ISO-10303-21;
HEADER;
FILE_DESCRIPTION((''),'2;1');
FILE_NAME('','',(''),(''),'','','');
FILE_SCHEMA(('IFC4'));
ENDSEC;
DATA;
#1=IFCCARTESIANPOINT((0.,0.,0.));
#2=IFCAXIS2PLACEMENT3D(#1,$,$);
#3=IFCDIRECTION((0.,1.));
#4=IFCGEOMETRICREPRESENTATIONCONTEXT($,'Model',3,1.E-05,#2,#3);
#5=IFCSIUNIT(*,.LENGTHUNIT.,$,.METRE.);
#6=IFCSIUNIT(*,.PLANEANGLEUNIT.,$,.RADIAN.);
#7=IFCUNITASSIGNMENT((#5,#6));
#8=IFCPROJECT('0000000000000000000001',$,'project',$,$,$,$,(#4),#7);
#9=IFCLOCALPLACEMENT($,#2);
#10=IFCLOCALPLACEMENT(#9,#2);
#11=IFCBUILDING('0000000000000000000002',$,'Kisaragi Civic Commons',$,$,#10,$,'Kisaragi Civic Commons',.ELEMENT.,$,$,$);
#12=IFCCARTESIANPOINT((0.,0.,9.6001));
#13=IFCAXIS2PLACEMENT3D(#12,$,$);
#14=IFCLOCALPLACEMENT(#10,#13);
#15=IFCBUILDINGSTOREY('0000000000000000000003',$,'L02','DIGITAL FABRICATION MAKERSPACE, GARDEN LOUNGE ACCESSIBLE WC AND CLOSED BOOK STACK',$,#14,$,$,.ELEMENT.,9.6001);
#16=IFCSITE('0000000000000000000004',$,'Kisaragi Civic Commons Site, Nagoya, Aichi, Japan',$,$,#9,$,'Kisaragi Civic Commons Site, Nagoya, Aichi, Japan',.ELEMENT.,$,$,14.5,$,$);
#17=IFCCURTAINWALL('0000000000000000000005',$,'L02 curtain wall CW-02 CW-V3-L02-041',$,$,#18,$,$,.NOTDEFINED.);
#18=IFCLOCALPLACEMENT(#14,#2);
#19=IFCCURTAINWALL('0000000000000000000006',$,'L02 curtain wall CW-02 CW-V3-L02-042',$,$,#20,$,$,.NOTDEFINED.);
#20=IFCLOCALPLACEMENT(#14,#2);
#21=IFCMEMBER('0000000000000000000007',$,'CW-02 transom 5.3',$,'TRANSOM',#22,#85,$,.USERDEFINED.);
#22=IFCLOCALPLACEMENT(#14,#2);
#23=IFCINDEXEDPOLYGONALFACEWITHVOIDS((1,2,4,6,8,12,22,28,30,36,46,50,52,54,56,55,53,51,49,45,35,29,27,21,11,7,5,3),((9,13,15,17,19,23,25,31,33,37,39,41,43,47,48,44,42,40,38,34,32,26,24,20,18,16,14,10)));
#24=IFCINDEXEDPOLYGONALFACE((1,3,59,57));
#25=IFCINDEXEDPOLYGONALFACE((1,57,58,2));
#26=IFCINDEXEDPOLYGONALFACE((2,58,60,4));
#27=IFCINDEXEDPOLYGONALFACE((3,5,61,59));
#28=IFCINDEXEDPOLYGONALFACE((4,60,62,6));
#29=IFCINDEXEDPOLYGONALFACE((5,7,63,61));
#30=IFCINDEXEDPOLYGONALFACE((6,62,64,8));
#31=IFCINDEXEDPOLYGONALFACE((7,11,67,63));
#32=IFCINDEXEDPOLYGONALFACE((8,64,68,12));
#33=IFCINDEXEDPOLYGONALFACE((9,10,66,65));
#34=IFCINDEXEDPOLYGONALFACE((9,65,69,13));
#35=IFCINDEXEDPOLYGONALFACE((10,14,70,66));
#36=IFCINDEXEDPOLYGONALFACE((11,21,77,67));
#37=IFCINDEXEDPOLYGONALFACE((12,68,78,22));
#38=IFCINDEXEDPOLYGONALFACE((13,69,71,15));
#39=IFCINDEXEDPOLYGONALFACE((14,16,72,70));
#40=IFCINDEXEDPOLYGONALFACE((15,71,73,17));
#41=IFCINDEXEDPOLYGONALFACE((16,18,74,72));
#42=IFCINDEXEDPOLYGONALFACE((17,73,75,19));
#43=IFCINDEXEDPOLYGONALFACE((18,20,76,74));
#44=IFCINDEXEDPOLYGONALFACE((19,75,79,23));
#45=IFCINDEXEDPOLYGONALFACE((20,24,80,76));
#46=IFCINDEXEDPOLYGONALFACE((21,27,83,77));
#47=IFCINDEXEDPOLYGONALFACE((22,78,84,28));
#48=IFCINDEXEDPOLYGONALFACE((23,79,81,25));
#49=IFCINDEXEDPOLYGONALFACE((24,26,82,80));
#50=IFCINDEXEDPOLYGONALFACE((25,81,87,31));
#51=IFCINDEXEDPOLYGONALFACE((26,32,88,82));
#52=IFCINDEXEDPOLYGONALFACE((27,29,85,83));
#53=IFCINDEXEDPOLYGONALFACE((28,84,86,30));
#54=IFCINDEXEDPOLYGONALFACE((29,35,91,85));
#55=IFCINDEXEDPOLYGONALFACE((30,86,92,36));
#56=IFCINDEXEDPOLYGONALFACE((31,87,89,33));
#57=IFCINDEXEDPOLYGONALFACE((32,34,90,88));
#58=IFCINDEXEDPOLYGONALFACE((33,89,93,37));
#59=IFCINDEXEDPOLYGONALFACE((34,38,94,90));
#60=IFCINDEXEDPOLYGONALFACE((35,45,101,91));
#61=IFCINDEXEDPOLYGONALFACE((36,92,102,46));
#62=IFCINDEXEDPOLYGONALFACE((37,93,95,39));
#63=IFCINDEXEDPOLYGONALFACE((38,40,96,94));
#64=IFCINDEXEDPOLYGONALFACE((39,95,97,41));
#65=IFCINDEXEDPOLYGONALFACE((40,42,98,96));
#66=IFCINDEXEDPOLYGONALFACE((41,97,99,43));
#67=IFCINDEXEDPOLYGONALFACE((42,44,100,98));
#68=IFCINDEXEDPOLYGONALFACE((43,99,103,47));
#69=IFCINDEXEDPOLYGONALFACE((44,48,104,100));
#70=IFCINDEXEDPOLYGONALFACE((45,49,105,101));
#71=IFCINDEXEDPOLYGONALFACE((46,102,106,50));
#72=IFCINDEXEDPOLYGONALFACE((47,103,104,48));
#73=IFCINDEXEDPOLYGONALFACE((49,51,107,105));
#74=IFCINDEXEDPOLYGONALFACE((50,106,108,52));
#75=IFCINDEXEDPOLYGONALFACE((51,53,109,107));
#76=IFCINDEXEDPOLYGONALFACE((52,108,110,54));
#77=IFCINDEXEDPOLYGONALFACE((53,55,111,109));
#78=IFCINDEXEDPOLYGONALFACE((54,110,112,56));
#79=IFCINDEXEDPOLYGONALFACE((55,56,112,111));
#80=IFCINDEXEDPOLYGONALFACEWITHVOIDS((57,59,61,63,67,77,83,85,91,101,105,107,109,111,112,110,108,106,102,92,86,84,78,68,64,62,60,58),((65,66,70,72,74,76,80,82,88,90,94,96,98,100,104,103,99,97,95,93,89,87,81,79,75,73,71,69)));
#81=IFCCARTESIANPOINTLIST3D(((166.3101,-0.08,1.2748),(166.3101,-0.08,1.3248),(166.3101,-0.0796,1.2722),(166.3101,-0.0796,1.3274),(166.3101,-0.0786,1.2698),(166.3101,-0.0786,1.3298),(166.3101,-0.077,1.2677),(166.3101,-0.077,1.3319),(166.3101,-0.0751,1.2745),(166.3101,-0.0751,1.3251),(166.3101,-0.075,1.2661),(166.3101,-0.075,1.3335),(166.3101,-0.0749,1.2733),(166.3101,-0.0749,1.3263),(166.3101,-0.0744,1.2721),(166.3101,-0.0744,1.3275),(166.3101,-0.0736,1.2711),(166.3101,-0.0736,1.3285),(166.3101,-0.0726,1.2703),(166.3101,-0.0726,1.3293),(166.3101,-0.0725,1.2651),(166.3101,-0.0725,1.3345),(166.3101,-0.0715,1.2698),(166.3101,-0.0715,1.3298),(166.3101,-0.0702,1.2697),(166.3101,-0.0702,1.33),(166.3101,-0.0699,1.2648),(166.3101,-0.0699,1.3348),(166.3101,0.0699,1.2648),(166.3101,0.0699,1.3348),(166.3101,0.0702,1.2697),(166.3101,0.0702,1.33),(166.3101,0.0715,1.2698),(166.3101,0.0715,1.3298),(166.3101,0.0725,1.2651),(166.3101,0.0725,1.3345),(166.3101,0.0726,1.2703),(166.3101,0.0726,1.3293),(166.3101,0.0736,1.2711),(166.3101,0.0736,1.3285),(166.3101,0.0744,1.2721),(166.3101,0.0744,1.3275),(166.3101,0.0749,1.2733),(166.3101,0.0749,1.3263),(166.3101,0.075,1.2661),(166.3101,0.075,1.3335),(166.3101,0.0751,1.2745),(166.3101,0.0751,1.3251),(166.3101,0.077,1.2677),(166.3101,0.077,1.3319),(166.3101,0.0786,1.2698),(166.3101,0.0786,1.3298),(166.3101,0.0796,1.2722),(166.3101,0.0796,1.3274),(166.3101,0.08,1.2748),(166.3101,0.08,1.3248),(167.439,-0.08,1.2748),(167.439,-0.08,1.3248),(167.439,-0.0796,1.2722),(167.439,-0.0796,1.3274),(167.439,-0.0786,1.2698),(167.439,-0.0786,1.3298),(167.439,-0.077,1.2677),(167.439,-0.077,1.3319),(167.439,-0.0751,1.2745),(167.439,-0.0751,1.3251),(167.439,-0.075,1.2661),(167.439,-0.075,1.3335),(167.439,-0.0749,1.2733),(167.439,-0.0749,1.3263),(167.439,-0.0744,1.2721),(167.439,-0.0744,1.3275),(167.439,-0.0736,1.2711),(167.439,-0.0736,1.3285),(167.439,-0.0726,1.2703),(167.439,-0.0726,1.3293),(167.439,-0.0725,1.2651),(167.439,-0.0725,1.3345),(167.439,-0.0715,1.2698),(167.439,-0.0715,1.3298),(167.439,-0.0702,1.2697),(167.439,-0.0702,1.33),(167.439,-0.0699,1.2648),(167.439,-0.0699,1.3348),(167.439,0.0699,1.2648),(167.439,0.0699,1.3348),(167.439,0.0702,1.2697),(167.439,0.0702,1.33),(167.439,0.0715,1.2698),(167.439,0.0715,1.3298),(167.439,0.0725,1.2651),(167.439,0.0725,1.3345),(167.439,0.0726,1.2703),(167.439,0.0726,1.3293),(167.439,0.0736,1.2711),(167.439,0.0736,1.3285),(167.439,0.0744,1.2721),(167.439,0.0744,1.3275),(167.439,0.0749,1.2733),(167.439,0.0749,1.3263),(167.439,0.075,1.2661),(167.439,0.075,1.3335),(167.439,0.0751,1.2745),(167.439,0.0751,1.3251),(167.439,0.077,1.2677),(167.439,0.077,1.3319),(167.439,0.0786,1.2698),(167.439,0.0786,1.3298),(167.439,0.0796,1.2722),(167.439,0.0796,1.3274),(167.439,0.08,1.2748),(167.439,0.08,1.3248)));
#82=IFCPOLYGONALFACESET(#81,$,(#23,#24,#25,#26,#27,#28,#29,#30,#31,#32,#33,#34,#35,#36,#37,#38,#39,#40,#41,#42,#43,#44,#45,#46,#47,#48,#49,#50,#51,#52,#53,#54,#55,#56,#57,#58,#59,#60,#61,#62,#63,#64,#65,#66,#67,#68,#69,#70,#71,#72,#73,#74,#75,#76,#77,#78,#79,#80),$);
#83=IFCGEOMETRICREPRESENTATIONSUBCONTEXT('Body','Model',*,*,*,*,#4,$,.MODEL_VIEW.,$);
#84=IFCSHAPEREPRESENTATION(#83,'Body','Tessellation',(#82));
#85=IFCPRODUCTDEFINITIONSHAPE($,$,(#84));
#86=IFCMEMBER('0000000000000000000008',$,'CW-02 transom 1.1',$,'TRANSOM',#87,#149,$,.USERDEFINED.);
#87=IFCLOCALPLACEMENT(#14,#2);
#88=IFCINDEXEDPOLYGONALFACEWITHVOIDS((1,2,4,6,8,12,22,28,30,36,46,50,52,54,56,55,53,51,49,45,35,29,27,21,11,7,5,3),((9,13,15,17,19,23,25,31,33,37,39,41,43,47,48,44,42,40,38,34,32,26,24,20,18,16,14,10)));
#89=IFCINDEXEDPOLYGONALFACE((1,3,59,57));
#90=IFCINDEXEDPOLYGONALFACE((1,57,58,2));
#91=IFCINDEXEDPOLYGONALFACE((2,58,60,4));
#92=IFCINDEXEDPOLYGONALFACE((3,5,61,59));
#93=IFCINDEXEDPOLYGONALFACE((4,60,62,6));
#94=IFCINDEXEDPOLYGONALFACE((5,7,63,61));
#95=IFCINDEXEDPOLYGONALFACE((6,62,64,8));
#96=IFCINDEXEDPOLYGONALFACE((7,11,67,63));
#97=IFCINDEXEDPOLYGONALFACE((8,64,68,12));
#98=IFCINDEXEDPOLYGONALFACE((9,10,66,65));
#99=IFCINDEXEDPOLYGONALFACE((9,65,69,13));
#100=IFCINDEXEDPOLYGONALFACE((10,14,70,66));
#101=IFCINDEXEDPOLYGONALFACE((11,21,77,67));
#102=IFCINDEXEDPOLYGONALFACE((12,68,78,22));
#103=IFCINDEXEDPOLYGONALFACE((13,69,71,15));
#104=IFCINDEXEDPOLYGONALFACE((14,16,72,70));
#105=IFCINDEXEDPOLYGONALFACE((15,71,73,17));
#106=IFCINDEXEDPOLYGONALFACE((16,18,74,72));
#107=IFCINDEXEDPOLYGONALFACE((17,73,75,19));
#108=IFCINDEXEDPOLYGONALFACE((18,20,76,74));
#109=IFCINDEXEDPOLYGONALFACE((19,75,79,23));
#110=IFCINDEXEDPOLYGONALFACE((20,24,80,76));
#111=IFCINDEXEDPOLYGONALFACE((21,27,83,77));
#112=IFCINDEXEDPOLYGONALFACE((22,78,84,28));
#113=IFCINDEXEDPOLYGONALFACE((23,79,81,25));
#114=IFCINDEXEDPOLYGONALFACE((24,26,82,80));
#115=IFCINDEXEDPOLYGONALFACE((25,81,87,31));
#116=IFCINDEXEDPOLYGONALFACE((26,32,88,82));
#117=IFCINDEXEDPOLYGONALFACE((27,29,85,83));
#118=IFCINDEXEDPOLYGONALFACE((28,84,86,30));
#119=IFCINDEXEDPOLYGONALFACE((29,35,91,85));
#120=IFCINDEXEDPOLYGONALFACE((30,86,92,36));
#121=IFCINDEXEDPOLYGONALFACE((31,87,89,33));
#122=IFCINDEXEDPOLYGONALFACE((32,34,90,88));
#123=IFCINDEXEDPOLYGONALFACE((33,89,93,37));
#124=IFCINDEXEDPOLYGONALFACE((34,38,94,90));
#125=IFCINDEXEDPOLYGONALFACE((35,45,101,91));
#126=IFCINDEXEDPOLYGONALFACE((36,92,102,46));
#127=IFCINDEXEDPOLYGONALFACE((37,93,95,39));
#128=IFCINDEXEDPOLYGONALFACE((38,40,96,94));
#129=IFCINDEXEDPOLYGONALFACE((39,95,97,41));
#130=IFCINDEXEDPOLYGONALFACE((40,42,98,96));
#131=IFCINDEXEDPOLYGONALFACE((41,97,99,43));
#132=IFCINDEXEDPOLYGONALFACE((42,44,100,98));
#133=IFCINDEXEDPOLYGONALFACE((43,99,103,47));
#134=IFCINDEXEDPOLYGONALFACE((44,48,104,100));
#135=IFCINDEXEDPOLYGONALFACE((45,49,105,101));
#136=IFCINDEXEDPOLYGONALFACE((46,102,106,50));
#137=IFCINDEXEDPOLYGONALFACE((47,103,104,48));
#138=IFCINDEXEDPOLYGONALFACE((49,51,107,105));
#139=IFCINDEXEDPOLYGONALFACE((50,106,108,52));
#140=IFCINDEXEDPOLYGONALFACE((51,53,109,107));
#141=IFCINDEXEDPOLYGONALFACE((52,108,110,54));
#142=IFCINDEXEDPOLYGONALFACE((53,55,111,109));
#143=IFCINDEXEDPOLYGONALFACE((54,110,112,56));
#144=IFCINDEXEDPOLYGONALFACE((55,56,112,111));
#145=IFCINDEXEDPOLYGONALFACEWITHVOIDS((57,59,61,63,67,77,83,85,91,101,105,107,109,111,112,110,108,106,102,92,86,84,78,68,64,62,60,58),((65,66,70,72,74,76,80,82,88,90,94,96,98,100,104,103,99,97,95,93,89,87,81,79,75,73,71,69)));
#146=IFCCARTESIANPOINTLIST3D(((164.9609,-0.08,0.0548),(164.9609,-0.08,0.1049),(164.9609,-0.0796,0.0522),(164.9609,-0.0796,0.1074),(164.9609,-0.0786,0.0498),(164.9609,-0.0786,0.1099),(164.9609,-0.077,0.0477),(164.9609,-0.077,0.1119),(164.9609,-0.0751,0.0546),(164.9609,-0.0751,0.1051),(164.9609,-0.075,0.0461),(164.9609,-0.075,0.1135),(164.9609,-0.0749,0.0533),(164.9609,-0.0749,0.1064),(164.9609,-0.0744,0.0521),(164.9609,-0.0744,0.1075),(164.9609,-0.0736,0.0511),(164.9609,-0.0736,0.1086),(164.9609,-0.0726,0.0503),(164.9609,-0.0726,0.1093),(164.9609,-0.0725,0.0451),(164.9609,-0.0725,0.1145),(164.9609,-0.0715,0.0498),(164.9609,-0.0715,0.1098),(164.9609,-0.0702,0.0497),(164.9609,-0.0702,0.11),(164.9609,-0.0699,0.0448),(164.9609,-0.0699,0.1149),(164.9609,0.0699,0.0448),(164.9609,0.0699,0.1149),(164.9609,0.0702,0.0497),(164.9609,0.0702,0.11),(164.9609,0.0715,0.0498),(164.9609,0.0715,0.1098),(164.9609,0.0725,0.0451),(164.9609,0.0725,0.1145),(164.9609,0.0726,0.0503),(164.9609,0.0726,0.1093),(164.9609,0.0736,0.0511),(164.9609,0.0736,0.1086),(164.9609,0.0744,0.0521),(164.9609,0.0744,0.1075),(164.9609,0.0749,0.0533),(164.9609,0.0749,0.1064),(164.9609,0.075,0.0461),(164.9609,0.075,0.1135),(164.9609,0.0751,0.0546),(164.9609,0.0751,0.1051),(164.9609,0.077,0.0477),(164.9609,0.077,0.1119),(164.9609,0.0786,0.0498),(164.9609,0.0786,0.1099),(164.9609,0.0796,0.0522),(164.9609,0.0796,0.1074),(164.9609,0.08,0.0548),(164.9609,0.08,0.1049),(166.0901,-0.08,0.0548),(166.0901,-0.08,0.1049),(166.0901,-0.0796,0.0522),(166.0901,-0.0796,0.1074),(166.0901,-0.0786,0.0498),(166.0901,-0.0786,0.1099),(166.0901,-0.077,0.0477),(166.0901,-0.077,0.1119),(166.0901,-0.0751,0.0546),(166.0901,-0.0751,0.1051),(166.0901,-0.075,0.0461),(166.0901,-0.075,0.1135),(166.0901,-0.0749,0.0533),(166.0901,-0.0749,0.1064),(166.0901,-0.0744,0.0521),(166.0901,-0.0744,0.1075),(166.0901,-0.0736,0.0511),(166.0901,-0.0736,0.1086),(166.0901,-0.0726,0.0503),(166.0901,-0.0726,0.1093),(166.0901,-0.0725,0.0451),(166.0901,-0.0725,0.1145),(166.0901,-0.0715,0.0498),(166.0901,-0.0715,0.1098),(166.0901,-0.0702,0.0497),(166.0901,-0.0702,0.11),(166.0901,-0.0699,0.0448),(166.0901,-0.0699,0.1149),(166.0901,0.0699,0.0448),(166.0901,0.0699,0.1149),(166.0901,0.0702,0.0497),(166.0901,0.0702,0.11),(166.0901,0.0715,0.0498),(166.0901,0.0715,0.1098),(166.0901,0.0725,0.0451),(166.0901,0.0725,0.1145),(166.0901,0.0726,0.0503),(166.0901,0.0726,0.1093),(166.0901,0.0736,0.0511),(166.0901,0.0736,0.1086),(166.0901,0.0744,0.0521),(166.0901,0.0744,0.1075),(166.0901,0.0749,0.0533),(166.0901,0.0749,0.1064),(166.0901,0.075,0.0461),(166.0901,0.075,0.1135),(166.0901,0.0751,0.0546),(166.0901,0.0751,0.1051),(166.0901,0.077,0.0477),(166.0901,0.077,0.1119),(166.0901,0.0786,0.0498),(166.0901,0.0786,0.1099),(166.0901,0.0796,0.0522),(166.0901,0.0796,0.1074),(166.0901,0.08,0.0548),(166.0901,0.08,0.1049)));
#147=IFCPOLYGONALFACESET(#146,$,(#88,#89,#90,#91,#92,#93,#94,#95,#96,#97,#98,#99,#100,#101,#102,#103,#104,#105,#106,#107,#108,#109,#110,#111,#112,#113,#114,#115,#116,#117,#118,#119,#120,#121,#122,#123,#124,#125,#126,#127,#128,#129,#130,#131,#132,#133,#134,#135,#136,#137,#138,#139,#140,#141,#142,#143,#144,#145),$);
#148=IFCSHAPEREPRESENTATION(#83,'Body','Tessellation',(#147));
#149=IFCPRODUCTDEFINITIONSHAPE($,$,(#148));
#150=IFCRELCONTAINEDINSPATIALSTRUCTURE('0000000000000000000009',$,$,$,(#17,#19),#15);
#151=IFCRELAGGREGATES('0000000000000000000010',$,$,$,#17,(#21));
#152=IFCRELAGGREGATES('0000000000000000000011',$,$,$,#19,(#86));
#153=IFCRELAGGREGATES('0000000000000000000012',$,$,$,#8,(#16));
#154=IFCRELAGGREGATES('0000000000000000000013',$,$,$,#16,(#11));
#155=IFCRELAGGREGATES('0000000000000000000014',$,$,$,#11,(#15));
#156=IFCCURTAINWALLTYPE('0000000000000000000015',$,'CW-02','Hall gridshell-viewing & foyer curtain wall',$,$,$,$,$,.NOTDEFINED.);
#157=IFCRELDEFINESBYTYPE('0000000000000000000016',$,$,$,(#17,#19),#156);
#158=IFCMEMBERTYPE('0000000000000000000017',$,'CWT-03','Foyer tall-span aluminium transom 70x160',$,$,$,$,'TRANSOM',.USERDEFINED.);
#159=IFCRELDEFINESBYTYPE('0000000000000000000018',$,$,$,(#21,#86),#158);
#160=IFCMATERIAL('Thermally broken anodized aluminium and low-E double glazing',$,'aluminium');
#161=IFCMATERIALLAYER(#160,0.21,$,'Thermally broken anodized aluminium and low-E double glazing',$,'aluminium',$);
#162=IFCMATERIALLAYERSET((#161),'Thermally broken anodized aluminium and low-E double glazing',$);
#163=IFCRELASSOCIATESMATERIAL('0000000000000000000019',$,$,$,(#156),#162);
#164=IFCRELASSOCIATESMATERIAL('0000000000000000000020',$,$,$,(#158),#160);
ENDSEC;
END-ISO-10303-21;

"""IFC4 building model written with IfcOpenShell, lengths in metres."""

from ifc_helpers import new_model, si_unit, direction, frame, origin, origin_2d, place, context, subcontext, project, spatial, hollow_rectangle, extrude, material, layer, layer_set, material_profile, profile_set, type_object, element, aggregate, save


model = new_model("IFC4")

# Units and contexts
model_context = context("Model", 3, precision=1e-05, world=origin(), true_north=direction((0.0, 1.0)))
body_context = subcontext(model_context, "Body", "Model", "MODEL_VIEW")
ifc_project = project(units=[si_unit("LENGTHUNIT", "METRE"), si_unit("PLANEANGLEUNIT", "RADIAN")], contexts=[model_context])

# Site, building, storey
site_placement = place(None, origin())
site = spatial("IfcSite", under=ifc_project, at=site_placement, Name="Kisaragi Civic Commons Site, Nagoya, Aichi, Japan", LongName="Kisaragi Civic Commons Site, Nagoya, Aichi, Japan", CompositionType="ELEMENT", RefElevation=14.5)
building_placement = place(site_placement, origin())
building = spatial("IfcBuilding", under=site, at=building_placement, Name="Kisaragi Civic Commons", LongName="Kisaragi Civic Commons", CompositionType="ELEMENT")
storey_placement = place(building_placement, frame((0.0, 0.0, 9.6001)))
storey = spatial("IfcBuildingStorey", under=building, at=storey_placement, Name="L02", Description="DIGITAL FABRICATION MAKERSPACE, GARDEN LOUNGE ACCESSIBLE WC AND CLOSED BOOK STACK", CompositionType="ELEMENT", Elevation=9.6001)

# Curtain wall
ifc_material_1 = material(Name="Thermally broken anodized aluminium and low-E double glazing", Category="aluminium")
ifc_layer_1 = layer(ifc_material_1, 0.21, Name="Thermally broken anodized aluminium and low-E double glazing", Category="aluminium")
ifc_layer_set_1 = layer_set([ifc_layer_1], Name="Thermally broken anodized aluminium and low-E double glazing")
curtain_wall_type = type_object("IfcCurtainWallType", Name="CW-02", Description="Hall gridshell-viewing & foyer curtain wall", PredefinedType="NOTDEFINED", material=ifc_layer_set_1)
curtain_wall_1_placement = place(storey_placement, origin())
curtain_wall_1 = element("IfcCurtainWall", 1, at=curtain_wall_1_placement, inside=storey, type_object=curtain_wall_type, Name="L02 curtain wall CW-02 CW-V3-L02-041", PredefinedType="NOTDEFINED")

# Curtain wall
curtain_wall_2_placement = place(storey_placement, origin())
curtain_wall_2 = element("IfcCurtainWall", 2, at=curtain_wall_2_placement, inside=storey, type_object=curtain_wall_type, Name="L02 curtain wall CW-02 CW-V3-L02-042", PredefinedType="NOTDEFINED")

# Members
ifc_material_profile_1 = material_profile(ifc_material_1, hollow_rectangle(XDim=0.1599, YDim=0.0701, WallThickness=0.0049, InnerFilletRadius=0.0049, OuterFilletRadius=0.01, at=origin_2d()), Name="CWT-70x160x5", Category="aluminium")
ifc_profile_set_1 = profile_set([ifc_material_profile_1], Name="Thermally broken anodized aluminium and low-E double glazing")
member_type_1 = type_object("IfcMemberType", Name="CWT-03", Description="Foyer tall-span aluminium transom 70x160", ElementType="TRANSOM", PredefinedType="USERDEFINED", material=ifc_profile_set_1)
member_1_placement = place(storey_placement, frame((167.439, 0.0, 1.2998), z_axis=(-1.0, 0.0, 0.0), x_axis=(0.0, -1.0, 0.0)))
member_1 = element("IfcMember", 3, at=member_1_placement, type_object=member_type_1, Name="CW-02 transom 5.3", ObjectType="TRANSOM", PredefinedType="USERDEFINED", context=body_context, shape_type="SweptSolid", body=[
    extrude(hollow_rectangle(XDim=0.1599, YDim=0.0701, WallThickness=0.0049, InnerFilletRadius=0.0049, OuterFilletRadius=0.01, at=origin_2d()), origin(), (0.0, 0.0, 1.0), 1.1289),
])
member_2_placement = place(storey_placement, frame((166.0901, 0.0, 0.0798), z_axis=(-1.0, 0.0, 0.0), x_axis=(0.0, -1.0, 0.0)))
member_2 = element("IfcMember", 4, at=member_2_placement, type_object=member_type_1, Name="CW-02 transom 1.1", ObjectType="TRANSOM", PredefinedType="USERDEFINED", context=body_context, shape_type="SweptSolid", body=[
    extrude(hollow_rectangle(XDim=0.1599, YDim=0.0701, WallThickness=0.0049, InnerFilletRadius=0.0049, OuterFilletRadius=0.01, at=origin_2d()), origin(), (0.0, 0.0, 1.0), 1.1292),
])

aggregate(curtain_wall_1, [member_1])
aggregate(curtain_wall_2, [member_2])

save(model, "model.ifc")
